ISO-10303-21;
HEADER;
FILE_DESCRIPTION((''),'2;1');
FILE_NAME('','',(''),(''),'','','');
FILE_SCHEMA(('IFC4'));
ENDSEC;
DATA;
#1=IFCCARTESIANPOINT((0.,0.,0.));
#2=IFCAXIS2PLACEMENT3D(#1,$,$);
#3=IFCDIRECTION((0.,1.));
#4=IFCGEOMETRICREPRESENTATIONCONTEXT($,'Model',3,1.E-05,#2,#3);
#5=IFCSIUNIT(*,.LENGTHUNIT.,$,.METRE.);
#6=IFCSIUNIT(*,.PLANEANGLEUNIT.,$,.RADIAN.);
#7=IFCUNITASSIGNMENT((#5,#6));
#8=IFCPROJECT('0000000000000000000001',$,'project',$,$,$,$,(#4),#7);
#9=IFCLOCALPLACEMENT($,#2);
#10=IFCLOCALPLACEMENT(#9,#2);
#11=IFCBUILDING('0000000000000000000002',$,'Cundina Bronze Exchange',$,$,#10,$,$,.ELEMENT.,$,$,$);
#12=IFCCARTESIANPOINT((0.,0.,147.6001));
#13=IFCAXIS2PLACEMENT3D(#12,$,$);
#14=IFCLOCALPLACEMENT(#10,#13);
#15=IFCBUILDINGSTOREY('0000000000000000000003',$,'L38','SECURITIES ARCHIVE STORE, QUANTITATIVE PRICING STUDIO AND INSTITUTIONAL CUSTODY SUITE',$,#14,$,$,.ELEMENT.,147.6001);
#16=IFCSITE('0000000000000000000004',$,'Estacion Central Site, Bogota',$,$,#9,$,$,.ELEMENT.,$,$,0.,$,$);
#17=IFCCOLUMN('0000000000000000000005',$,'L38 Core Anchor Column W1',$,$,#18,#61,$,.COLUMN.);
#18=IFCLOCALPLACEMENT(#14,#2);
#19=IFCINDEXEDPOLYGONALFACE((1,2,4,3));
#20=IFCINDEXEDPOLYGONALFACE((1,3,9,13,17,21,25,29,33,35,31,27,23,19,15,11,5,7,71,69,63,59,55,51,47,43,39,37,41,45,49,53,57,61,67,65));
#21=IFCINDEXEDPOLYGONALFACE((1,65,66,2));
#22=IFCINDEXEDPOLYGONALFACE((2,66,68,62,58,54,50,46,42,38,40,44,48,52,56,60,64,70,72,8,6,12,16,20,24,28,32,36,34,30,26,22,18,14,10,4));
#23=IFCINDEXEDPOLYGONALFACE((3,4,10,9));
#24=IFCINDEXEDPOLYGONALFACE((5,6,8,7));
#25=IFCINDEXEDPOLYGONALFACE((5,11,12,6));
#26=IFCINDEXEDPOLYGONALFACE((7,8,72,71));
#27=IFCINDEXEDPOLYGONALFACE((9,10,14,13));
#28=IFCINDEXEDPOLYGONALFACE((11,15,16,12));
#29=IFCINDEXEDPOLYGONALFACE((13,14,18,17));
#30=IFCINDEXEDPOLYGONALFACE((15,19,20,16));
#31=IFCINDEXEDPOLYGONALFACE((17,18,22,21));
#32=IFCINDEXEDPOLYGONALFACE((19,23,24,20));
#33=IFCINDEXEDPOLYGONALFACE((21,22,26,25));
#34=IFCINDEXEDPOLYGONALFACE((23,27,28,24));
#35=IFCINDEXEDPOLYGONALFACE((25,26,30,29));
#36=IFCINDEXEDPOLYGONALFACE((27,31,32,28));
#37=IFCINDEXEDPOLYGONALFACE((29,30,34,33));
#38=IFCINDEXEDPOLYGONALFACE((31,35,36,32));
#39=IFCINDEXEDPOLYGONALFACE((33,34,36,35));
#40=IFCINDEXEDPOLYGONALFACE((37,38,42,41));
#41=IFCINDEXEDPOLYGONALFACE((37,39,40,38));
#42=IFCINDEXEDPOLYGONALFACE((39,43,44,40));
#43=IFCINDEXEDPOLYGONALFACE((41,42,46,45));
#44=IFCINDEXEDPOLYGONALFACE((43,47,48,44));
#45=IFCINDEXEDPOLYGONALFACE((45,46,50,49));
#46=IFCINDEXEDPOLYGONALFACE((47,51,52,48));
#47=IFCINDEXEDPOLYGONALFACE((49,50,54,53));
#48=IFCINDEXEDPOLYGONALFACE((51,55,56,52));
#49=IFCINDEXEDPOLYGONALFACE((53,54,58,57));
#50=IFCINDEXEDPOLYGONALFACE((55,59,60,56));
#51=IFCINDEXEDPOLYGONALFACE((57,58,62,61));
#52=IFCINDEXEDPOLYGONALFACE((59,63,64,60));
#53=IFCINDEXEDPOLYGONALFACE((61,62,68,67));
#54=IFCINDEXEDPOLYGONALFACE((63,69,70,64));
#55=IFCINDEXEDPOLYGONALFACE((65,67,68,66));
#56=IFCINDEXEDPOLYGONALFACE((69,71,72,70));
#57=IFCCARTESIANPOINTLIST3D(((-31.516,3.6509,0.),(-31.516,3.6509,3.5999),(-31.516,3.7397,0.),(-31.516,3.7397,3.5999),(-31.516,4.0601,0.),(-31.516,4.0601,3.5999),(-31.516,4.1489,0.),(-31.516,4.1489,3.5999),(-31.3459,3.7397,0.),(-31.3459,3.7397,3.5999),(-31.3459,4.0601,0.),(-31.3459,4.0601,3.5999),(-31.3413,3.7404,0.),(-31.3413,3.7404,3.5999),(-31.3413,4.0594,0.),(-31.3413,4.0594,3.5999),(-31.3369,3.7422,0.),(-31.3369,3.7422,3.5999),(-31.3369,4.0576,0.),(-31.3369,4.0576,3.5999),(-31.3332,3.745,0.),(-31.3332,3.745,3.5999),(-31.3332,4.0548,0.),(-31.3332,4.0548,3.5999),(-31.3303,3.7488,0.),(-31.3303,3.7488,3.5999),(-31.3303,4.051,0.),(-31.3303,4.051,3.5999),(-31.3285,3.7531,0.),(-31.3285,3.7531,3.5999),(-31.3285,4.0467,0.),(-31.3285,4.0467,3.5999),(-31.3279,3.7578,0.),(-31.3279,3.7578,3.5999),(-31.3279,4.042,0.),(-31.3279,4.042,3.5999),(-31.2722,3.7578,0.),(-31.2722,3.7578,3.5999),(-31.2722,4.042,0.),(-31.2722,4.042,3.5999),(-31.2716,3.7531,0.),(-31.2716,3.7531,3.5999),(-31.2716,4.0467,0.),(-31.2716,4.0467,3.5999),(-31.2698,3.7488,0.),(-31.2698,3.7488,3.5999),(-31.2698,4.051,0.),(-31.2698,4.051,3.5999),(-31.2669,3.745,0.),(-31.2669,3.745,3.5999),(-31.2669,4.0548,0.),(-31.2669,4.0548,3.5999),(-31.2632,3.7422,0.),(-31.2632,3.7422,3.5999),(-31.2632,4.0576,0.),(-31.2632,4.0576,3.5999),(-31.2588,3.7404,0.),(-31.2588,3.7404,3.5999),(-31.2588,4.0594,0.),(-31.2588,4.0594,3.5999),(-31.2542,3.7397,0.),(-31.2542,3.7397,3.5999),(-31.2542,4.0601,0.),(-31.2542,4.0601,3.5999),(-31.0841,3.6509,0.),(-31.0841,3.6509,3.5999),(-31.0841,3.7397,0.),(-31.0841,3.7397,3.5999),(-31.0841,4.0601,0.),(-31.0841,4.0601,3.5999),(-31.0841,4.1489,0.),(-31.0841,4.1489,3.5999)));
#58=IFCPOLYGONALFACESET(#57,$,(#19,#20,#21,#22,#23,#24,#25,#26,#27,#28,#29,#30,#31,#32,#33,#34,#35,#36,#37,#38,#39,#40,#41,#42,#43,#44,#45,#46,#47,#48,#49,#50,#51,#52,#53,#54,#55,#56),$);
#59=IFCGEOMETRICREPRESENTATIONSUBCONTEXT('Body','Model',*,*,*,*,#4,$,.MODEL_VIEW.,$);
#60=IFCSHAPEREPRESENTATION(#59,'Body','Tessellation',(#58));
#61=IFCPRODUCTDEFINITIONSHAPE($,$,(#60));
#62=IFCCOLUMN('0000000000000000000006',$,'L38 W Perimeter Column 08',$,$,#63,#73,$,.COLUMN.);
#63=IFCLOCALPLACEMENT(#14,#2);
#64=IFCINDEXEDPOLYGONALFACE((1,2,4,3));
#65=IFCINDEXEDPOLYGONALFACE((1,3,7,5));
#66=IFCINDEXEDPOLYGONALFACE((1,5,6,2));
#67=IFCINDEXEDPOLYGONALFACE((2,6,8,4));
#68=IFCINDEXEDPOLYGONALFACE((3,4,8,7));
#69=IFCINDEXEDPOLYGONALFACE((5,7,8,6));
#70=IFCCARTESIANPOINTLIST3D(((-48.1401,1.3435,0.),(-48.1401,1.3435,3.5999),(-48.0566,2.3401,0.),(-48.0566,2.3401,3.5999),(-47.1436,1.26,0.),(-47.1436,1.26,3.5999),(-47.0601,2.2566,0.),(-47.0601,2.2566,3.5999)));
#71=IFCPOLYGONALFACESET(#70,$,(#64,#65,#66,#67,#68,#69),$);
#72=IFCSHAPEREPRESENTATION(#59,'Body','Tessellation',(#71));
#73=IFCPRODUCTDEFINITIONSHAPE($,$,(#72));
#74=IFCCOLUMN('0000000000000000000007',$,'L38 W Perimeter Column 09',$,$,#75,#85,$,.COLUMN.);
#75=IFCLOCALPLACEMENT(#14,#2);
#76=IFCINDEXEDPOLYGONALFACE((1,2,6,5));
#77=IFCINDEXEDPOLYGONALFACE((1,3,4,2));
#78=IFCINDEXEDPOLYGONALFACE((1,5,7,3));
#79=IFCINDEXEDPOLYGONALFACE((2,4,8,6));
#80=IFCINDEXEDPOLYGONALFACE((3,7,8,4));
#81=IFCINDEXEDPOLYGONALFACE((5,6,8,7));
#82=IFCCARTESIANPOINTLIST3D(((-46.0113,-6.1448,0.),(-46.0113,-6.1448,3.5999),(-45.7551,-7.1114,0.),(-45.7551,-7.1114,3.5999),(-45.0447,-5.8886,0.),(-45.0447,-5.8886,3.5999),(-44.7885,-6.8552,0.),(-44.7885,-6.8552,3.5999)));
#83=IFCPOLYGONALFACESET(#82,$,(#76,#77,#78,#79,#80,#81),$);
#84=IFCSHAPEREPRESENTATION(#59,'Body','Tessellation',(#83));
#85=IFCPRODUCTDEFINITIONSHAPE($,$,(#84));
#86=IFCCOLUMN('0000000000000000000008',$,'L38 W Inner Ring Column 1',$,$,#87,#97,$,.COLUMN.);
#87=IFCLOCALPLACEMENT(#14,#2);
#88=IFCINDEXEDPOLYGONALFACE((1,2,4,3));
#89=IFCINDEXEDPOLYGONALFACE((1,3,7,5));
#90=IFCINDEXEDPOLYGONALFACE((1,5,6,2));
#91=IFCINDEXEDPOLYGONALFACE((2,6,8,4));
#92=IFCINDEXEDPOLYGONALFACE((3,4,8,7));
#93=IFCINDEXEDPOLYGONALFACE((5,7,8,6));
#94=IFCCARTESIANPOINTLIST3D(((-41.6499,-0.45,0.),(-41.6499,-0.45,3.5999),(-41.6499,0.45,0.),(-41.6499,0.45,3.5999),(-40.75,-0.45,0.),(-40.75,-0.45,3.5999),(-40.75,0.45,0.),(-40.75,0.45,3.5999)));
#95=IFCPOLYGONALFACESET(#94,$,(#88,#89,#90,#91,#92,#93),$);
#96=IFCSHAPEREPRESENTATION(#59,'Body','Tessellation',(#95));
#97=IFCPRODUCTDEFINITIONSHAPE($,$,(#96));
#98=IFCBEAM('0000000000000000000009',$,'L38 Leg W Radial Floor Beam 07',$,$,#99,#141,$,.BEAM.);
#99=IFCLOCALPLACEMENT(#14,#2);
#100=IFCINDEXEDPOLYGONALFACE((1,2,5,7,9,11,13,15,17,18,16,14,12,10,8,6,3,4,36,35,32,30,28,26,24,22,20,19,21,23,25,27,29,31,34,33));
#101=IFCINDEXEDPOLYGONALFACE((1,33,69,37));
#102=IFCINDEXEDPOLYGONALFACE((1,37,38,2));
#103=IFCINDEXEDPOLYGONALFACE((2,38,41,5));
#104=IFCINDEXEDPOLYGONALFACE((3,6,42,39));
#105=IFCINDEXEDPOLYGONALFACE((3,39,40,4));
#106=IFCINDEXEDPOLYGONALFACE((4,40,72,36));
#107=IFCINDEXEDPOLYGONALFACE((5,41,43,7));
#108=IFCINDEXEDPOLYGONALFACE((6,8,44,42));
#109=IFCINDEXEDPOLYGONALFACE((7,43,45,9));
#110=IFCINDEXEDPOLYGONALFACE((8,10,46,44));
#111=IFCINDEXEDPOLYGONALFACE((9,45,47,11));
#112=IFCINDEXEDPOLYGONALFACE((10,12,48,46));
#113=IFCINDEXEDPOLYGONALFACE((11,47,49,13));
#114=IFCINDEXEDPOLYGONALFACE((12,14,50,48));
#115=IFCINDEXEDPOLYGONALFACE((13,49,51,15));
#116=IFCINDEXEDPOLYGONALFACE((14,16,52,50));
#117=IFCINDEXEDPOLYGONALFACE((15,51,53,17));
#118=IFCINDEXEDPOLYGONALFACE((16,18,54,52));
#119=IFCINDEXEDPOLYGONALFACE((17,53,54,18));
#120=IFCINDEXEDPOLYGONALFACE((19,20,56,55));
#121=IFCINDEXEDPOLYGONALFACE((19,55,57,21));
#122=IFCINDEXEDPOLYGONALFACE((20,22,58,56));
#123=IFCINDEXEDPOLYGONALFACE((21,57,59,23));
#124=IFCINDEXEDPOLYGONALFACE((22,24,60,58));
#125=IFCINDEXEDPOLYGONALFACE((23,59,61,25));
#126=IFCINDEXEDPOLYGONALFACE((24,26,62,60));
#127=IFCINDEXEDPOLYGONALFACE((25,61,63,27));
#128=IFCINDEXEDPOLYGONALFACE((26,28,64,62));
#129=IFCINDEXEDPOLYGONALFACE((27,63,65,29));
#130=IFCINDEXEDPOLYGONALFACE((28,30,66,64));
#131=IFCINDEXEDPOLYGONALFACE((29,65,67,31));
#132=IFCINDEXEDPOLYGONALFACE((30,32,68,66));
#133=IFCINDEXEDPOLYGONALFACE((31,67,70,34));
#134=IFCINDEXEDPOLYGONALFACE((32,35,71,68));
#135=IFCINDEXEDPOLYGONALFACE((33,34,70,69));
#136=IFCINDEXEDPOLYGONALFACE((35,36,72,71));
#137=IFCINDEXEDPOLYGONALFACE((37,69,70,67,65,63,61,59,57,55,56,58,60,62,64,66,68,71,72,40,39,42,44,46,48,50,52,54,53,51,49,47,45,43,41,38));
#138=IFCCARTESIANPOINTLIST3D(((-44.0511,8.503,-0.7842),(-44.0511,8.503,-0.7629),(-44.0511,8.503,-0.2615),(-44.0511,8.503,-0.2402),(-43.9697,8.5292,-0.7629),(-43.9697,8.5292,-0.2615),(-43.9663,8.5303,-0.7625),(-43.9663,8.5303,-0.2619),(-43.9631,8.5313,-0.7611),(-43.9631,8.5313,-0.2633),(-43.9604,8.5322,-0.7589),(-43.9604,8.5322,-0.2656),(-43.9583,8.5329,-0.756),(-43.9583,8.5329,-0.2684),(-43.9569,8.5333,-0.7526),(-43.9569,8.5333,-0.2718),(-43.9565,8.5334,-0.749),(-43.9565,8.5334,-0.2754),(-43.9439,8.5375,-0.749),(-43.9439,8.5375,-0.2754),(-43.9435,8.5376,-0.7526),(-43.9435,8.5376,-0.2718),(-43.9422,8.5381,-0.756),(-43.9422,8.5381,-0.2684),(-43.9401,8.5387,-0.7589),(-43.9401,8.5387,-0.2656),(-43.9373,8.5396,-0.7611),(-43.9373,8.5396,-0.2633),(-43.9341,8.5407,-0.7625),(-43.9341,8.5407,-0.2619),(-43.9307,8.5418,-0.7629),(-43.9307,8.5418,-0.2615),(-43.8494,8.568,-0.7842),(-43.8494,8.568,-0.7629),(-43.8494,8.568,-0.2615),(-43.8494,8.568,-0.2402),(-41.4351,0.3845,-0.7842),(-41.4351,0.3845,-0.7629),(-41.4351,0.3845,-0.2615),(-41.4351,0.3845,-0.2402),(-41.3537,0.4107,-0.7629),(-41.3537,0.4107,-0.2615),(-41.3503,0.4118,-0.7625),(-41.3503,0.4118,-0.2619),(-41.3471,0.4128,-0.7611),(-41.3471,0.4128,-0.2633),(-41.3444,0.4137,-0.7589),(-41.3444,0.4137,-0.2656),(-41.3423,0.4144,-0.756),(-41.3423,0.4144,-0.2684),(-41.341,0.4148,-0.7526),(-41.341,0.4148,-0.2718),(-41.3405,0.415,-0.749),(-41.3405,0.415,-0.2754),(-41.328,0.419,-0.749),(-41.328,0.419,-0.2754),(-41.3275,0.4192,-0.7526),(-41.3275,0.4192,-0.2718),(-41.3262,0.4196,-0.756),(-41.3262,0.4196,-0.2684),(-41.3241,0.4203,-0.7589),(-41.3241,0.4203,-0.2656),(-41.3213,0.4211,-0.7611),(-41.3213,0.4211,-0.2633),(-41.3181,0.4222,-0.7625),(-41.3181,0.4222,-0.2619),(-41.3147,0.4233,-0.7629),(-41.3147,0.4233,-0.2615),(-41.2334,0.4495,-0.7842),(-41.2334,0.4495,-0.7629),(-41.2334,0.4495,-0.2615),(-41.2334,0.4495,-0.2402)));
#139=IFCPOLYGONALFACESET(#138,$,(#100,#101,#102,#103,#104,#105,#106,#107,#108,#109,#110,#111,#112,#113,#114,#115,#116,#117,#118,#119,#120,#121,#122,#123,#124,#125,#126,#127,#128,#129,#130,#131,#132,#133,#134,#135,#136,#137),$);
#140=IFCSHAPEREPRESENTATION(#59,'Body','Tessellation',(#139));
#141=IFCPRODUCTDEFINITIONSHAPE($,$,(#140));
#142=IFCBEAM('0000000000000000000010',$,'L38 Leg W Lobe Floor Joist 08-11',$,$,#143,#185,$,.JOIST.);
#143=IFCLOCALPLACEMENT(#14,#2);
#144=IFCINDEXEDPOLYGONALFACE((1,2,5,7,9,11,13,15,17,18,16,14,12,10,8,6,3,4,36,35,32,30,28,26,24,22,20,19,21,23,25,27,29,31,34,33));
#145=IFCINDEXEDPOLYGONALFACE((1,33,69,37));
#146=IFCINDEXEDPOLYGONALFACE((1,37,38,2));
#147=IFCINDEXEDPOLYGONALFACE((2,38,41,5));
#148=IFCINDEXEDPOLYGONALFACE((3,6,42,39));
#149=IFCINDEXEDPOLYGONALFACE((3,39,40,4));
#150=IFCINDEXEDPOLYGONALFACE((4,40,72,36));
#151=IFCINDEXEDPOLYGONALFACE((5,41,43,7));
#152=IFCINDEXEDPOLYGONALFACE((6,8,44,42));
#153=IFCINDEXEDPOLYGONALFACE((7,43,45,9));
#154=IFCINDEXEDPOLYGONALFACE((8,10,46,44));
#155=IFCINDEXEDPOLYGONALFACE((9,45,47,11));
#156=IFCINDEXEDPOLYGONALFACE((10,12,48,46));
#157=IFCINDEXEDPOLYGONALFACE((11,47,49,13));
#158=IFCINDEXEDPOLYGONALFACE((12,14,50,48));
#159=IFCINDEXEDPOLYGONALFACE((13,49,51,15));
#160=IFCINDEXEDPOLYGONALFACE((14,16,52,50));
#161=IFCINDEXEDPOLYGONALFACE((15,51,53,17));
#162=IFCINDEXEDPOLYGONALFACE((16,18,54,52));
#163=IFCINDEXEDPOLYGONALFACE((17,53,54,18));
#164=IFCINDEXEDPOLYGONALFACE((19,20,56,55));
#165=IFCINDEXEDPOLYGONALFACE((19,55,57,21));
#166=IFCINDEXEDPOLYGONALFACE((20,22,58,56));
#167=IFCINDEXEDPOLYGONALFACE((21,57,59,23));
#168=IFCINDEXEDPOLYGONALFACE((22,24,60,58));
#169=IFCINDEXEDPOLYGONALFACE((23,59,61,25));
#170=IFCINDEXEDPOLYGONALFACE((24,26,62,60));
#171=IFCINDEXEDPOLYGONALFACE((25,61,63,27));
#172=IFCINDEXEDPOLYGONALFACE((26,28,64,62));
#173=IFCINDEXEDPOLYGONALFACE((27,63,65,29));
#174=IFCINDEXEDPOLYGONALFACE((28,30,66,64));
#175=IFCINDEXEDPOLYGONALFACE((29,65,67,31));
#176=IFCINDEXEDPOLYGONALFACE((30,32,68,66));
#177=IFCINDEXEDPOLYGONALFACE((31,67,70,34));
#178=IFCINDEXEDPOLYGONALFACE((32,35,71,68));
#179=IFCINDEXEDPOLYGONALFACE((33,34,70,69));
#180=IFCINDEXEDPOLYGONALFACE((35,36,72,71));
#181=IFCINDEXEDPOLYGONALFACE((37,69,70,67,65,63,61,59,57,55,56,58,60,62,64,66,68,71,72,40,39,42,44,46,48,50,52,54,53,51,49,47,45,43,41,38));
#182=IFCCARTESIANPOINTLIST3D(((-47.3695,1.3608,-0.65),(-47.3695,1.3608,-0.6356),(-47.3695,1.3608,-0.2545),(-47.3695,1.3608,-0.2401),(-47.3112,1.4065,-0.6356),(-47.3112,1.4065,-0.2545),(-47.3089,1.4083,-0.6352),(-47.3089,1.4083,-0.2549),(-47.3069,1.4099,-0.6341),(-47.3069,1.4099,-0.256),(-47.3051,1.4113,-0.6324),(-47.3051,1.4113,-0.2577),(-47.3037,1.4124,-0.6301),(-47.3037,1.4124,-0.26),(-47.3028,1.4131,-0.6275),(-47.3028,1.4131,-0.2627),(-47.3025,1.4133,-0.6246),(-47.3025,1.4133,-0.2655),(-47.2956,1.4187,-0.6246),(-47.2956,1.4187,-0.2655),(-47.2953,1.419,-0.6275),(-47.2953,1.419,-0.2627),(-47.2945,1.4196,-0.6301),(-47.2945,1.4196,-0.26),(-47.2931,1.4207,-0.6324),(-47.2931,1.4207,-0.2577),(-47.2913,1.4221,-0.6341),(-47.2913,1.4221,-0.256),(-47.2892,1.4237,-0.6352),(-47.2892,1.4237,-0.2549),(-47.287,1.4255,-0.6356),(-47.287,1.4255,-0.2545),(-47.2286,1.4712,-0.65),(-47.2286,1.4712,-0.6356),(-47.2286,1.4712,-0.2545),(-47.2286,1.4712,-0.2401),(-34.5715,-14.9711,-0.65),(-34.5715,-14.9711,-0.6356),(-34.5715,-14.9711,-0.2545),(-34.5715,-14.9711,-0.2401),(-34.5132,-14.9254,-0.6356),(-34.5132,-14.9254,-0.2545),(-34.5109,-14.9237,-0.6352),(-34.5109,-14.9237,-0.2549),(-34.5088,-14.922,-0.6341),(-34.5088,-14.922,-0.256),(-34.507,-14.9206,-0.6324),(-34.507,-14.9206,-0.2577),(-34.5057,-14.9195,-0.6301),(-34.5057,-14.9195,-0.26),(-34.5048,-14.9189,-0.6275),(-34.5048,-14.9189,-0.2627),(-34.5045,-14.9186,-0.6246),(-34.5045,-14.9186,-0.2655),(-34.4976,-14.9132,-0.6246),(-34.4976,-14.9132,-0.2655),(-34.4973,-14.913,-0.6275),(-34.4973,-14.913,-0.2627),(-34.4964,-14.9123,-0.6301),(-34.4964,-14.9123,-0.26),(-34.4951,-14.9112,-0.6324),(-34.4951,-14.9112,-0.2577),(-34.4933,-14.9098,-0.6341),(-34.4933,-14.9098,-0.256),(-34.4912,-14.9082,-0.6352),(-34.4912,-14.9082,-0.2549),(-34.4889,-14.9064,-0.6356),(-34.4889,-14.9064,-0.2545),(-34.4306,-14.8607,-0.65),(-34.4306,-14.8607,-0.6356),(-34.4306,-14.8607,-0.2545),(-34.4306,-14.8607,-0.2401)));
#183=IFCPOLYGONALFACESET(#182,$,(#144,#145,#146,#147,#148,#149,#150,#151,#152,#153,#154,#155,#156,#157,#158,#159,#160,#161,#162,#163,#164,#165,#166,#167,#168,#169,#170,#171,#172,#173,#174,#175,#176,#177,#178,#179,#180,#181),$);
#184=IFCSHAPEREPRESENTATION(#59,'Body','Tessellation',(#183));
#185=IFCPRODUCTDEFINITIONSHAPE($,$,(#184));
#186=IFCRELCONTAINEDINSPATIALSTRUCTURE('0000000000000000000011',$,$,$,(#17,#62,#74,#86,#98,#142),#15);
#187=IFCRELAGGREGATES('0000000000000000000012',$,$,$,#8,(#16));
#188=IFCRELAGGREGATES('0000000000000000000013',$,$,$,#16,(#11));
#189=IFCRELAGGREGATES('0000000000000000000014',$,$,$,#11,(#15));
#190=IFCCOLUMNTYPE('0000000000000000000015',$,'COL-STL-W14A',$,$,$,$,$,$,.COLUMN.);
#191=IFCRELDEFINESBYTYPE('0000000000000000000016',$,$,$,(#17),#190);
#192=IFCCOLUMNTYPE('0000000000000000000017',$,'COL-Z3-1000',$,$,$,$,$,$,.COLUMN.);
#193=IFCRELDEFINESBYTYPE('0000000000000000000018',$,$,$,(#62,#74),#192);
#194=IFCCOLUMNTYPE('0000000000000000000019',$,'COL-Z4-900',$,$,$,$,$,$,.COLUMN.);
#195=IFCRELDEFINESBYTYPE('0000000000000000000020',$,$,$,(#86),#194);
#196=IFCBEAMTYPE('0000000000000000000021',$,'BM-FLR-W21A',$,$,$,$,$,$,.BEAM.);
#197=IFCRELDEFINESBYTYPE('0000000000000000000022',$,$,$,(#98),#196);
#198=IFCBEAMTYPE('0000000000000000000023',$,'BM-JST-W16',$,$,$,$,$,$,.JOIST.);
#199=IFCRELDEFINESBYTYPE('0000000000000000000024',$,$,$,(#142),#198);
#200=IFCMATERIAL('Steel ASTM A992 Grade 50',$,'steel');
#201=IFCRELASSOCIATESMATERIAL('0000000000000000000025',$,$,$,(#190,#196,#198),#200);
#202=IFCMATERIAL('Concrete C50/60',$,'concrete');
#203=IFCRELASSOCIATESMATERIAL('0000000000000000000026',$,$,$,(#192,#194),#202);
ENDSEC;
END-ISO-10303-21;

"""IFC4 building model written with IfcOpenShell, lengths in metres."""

from ifc_helpers import new_model, si_unit, direction, frame, origin, origin_2d, place, context, subcontext, project, spatial, rectangle, i_section, extrude, material, material_profile, profile_set, type_object, element, save


model = new_model("IFC4")

# Units and contexts
model_context = context("Model", 3, precision=1e-05, world=origin(), true_north=direction((0.0, 1.0)))
body_context = subcontext(model_context, "Body", "Model", "MODEL_VIEW")
ifc_project = project(units=[si_unit("LENGTHUNIT", "METRE"), si_unit("PLANEANGLEUNIT", "RADIAN")], contexts=[model_context])

# Site, building, storey
site_placement = place(None, origin())
site = spatial("IfcSite", under=ifc_project, at=site_placement, Name="Estacion Central Site, Bogota", CompositionType="ELEMENT", RefElevation=0.0)
building_placement = place(site_placement, origin())
building = spatial("IfcBuilding", under=site, at=building_placement, Name="Cundina Bronze Exchange", CompositionType="ELEMENT")
storey_placement = place(building_placement, frame((0.0, 0.0, 147.6001)))
storey = spatial("IfcBuildingStorey", under=building, at=storey_placement, Name="L38", Description="SECURITIES ARCHIVE STORE, QUANTITATIVE PRICING STUDIO AND INSTITUTIONAL CUSTODY SUITE", CompositionType="ELEMENT", Elevation=147.6001)

# Columns
ifc_material_1 = material(Name="Steel ASTM A992 Grade 50", Category="steel")
ifc_material_profile_1 = material_profile(ifc_material_1, i_section(OverallWidth=0.4319, OverallDepth=0.498, WebThickness=0.0557, FlangeThickness=0.0889, FilletRadius=0.0181, at=origin_2d()), Name="W14X500", Category="steel")
ifc_profile_set_1 = profile_set([ifc_material_profile_1], Name="Steel ASTM A992 Grade 50")
column_type_1 = type_object("IfcColumnType", Name="COL-STL-W14A", PredefinedType="COLUMN", material=ifc_profile_set_1)
column_1_placement = place(storey_placement, frame((-31.3, 3.8999, 0.0), z_axis=(0.0, 0.0, 1.0), x_axis=(1.0, 0.0, 0.0)))
element("IfcColumn", 1, at=column_1_placement, inside=storey, type_object=column_type_1, Name="L38 Core Anchor Column W1", PredefinedType="COLUMN", context=body_context, shape_type="SweptSolid", body=[
    extrude(i_section(OverallWidth=0.4319, OverallDepth=0.498, WebThickness=0.0557, FlangeThickness=0.0889, FilletRadius=0.0181, at=origin_2d()), origin(), (0.0, 0.0, 1.0), 3.5999),
])
ifc_material_2 = material(Name="Concrete C50/60", Category="concrete")
ifc_material_profile_2 = material_profile(ifc_material_2, rectangle(XDim=1.0, YDim=1.0, at=origin_2d()), Name="RC1000X1000", Category="concrete")
ifc_profile_set_2 = profile_set([ifc_material_profile_2], Name="Concrete C50/60")
column_type_2 = type_object("IfcColumnType", Name="COL-Z3-1000", PredefinedType="COLUMN", material=ifc_profile_set_2)
for number, where, z_axis, x_axis, name in (
    (2, (-47.6001, 1.8, 0.0), (0.0, 0.0, 1.0), (-0.083504, -0.996507, 0.0), "L38 W Perimeter Column 08"),
    (3, (-45.3999, -6.5, 0.0), (0.0, 0.0, 1.0), (0.256289, -0.9666, 0.0), "L38 W Perimeter Column 09"),
):
    element("IfcColumn", number, at=place(storey_placement, frame(where, z_axis=z_axis, x_axis=x_axis)), inside=storey, type_object=column_type_2, Name=name, PredefinedType="COLUMN", context=body_context, shape_type="SweptSolid", body=[
        extrude(rectangle(XDim=1.0, YDim=1.0, at=origin_2d()), origin(), (0.0, 0.0, 1.0), 3.5999),
    ])
ifc_material_profile_3 = material_profile(ifc_material_2, rectangle(XDim=0.8999, YDim=0.8999, at=origin_2d()), Name="RC900X900", Category="concrete")
ifc_profile_set_3 = profile_set([ifc_material_profile_3], Name="Concrete C50/60")
column_type_3 = type_object("IfcColumnType", Name="COL-Z4-900", PredefinedType="COLUMN", material=ifc_profile_set_3)
column_2_placement = place(storey_placement, frame((-41.2, 0.0, 0.0), z_axis=(0.0, 0.0, 1.0), x_axis=(1.0, 0.0, 0.0)))
element("IfcColumn", 4, at=column_2_placement, inside=storey, type_object=column_type_3, Name="L38 W Inner Ring Column 1", PredefinedType="COLUMN", context=body_context, shape_type="SweptSolid", body=[
    extrude(rectangle(XDim=0.8999, YDim=0.8999, at=origin_2d()), origin(), (0.0, 0.0, 1.0), 3.5999),
])

# Beams
ifc_material_profile_4 = material_profile(ifc_material_1, i_section(OverallWidth=0.2119, OverallDepth=0.5439, WebThickness=0.0132, FlangeThickness=0.0212, FilletRadius=0.0139, at=origin_2d()), Name="W21X83", Category="steel")
ifc_profile_set_4 = profile_set([ifc_material_profile_4], Name="Steel ASTM A992 Grade 50")
beam_type_1 = type_object("IfcBeamType", Name="BM-FLR-W21A", PredefinedType="BEAM", material=ifc_profile_set_4)
beam_1_placement = place(storey_placement, frame((-41.3342, 0.417, -0.5122), z_axis=(-0.306698, 0.951807, 0.0), x_axis=(-0.951807, -0.306698, 0.0)))
element("IfcBeam", 5, at=beam_1_placement, inside=storey, type_object=beam_type_1, Name="L38 Leg W Radial Floor Beam 07", PredefinedType="BEAM", context=body_context, shape_type="SweptSolid", body=[
    extrude(i_section(OverallWidth=0.2119, OverallDepth=0.5439, WebThickness=0.0132, FlangeThickness=0.0212, FilletRadius=0.0139, at=origin_2d()), origin(), (0.0, 0.0, 1.0), 8.5295),
])
ifc_material_profile_5 = material_profile(ifc_material_1, i_section(OverallWidth=0.179, OverallDepth=0.4099, WebThickness=0.0088, FlangeThickness=0.0144, FilletRadius=0.011, at=origin_2d()), Name="W16X45", Category="steel")
ifc_profile_set_5 = profile_set([ifc_material_profile_5], Name="Steel ASTM A992 Grade 50")
beam_type_2 = type_object("IfcBeamType", Name="BM-JST-W16", PredefinedType="JOIST", material=ifc_profile_set_5)
beam_2_placement = place(storey_placement, frame((-47.2991, 1.416, -0.4451), z_axis=(0.616801, -0.787119, 0.0), x_axis=(0.787119, 0.616801, 0.0)))
element("IfcBeam", 6, at=beam_2_placement, inside=storey, type_object=beam_type_2, Name="L38 Leg W Lobe Floor Joist 08-11", PredefinedType="JOIST", context=body_context, shape_type="SweptSolid", body=[
    extrude(i_section(OverallWidth=0.179, OverallDepth=0.4099, WebThickness=0.0088, FlangeThickness=0.0144, FilletRadius=0.011, at=origin_2d()), origin(), (0.0, 0.0, 1.0), 20.749),
])

save(model, "model.ifc")
